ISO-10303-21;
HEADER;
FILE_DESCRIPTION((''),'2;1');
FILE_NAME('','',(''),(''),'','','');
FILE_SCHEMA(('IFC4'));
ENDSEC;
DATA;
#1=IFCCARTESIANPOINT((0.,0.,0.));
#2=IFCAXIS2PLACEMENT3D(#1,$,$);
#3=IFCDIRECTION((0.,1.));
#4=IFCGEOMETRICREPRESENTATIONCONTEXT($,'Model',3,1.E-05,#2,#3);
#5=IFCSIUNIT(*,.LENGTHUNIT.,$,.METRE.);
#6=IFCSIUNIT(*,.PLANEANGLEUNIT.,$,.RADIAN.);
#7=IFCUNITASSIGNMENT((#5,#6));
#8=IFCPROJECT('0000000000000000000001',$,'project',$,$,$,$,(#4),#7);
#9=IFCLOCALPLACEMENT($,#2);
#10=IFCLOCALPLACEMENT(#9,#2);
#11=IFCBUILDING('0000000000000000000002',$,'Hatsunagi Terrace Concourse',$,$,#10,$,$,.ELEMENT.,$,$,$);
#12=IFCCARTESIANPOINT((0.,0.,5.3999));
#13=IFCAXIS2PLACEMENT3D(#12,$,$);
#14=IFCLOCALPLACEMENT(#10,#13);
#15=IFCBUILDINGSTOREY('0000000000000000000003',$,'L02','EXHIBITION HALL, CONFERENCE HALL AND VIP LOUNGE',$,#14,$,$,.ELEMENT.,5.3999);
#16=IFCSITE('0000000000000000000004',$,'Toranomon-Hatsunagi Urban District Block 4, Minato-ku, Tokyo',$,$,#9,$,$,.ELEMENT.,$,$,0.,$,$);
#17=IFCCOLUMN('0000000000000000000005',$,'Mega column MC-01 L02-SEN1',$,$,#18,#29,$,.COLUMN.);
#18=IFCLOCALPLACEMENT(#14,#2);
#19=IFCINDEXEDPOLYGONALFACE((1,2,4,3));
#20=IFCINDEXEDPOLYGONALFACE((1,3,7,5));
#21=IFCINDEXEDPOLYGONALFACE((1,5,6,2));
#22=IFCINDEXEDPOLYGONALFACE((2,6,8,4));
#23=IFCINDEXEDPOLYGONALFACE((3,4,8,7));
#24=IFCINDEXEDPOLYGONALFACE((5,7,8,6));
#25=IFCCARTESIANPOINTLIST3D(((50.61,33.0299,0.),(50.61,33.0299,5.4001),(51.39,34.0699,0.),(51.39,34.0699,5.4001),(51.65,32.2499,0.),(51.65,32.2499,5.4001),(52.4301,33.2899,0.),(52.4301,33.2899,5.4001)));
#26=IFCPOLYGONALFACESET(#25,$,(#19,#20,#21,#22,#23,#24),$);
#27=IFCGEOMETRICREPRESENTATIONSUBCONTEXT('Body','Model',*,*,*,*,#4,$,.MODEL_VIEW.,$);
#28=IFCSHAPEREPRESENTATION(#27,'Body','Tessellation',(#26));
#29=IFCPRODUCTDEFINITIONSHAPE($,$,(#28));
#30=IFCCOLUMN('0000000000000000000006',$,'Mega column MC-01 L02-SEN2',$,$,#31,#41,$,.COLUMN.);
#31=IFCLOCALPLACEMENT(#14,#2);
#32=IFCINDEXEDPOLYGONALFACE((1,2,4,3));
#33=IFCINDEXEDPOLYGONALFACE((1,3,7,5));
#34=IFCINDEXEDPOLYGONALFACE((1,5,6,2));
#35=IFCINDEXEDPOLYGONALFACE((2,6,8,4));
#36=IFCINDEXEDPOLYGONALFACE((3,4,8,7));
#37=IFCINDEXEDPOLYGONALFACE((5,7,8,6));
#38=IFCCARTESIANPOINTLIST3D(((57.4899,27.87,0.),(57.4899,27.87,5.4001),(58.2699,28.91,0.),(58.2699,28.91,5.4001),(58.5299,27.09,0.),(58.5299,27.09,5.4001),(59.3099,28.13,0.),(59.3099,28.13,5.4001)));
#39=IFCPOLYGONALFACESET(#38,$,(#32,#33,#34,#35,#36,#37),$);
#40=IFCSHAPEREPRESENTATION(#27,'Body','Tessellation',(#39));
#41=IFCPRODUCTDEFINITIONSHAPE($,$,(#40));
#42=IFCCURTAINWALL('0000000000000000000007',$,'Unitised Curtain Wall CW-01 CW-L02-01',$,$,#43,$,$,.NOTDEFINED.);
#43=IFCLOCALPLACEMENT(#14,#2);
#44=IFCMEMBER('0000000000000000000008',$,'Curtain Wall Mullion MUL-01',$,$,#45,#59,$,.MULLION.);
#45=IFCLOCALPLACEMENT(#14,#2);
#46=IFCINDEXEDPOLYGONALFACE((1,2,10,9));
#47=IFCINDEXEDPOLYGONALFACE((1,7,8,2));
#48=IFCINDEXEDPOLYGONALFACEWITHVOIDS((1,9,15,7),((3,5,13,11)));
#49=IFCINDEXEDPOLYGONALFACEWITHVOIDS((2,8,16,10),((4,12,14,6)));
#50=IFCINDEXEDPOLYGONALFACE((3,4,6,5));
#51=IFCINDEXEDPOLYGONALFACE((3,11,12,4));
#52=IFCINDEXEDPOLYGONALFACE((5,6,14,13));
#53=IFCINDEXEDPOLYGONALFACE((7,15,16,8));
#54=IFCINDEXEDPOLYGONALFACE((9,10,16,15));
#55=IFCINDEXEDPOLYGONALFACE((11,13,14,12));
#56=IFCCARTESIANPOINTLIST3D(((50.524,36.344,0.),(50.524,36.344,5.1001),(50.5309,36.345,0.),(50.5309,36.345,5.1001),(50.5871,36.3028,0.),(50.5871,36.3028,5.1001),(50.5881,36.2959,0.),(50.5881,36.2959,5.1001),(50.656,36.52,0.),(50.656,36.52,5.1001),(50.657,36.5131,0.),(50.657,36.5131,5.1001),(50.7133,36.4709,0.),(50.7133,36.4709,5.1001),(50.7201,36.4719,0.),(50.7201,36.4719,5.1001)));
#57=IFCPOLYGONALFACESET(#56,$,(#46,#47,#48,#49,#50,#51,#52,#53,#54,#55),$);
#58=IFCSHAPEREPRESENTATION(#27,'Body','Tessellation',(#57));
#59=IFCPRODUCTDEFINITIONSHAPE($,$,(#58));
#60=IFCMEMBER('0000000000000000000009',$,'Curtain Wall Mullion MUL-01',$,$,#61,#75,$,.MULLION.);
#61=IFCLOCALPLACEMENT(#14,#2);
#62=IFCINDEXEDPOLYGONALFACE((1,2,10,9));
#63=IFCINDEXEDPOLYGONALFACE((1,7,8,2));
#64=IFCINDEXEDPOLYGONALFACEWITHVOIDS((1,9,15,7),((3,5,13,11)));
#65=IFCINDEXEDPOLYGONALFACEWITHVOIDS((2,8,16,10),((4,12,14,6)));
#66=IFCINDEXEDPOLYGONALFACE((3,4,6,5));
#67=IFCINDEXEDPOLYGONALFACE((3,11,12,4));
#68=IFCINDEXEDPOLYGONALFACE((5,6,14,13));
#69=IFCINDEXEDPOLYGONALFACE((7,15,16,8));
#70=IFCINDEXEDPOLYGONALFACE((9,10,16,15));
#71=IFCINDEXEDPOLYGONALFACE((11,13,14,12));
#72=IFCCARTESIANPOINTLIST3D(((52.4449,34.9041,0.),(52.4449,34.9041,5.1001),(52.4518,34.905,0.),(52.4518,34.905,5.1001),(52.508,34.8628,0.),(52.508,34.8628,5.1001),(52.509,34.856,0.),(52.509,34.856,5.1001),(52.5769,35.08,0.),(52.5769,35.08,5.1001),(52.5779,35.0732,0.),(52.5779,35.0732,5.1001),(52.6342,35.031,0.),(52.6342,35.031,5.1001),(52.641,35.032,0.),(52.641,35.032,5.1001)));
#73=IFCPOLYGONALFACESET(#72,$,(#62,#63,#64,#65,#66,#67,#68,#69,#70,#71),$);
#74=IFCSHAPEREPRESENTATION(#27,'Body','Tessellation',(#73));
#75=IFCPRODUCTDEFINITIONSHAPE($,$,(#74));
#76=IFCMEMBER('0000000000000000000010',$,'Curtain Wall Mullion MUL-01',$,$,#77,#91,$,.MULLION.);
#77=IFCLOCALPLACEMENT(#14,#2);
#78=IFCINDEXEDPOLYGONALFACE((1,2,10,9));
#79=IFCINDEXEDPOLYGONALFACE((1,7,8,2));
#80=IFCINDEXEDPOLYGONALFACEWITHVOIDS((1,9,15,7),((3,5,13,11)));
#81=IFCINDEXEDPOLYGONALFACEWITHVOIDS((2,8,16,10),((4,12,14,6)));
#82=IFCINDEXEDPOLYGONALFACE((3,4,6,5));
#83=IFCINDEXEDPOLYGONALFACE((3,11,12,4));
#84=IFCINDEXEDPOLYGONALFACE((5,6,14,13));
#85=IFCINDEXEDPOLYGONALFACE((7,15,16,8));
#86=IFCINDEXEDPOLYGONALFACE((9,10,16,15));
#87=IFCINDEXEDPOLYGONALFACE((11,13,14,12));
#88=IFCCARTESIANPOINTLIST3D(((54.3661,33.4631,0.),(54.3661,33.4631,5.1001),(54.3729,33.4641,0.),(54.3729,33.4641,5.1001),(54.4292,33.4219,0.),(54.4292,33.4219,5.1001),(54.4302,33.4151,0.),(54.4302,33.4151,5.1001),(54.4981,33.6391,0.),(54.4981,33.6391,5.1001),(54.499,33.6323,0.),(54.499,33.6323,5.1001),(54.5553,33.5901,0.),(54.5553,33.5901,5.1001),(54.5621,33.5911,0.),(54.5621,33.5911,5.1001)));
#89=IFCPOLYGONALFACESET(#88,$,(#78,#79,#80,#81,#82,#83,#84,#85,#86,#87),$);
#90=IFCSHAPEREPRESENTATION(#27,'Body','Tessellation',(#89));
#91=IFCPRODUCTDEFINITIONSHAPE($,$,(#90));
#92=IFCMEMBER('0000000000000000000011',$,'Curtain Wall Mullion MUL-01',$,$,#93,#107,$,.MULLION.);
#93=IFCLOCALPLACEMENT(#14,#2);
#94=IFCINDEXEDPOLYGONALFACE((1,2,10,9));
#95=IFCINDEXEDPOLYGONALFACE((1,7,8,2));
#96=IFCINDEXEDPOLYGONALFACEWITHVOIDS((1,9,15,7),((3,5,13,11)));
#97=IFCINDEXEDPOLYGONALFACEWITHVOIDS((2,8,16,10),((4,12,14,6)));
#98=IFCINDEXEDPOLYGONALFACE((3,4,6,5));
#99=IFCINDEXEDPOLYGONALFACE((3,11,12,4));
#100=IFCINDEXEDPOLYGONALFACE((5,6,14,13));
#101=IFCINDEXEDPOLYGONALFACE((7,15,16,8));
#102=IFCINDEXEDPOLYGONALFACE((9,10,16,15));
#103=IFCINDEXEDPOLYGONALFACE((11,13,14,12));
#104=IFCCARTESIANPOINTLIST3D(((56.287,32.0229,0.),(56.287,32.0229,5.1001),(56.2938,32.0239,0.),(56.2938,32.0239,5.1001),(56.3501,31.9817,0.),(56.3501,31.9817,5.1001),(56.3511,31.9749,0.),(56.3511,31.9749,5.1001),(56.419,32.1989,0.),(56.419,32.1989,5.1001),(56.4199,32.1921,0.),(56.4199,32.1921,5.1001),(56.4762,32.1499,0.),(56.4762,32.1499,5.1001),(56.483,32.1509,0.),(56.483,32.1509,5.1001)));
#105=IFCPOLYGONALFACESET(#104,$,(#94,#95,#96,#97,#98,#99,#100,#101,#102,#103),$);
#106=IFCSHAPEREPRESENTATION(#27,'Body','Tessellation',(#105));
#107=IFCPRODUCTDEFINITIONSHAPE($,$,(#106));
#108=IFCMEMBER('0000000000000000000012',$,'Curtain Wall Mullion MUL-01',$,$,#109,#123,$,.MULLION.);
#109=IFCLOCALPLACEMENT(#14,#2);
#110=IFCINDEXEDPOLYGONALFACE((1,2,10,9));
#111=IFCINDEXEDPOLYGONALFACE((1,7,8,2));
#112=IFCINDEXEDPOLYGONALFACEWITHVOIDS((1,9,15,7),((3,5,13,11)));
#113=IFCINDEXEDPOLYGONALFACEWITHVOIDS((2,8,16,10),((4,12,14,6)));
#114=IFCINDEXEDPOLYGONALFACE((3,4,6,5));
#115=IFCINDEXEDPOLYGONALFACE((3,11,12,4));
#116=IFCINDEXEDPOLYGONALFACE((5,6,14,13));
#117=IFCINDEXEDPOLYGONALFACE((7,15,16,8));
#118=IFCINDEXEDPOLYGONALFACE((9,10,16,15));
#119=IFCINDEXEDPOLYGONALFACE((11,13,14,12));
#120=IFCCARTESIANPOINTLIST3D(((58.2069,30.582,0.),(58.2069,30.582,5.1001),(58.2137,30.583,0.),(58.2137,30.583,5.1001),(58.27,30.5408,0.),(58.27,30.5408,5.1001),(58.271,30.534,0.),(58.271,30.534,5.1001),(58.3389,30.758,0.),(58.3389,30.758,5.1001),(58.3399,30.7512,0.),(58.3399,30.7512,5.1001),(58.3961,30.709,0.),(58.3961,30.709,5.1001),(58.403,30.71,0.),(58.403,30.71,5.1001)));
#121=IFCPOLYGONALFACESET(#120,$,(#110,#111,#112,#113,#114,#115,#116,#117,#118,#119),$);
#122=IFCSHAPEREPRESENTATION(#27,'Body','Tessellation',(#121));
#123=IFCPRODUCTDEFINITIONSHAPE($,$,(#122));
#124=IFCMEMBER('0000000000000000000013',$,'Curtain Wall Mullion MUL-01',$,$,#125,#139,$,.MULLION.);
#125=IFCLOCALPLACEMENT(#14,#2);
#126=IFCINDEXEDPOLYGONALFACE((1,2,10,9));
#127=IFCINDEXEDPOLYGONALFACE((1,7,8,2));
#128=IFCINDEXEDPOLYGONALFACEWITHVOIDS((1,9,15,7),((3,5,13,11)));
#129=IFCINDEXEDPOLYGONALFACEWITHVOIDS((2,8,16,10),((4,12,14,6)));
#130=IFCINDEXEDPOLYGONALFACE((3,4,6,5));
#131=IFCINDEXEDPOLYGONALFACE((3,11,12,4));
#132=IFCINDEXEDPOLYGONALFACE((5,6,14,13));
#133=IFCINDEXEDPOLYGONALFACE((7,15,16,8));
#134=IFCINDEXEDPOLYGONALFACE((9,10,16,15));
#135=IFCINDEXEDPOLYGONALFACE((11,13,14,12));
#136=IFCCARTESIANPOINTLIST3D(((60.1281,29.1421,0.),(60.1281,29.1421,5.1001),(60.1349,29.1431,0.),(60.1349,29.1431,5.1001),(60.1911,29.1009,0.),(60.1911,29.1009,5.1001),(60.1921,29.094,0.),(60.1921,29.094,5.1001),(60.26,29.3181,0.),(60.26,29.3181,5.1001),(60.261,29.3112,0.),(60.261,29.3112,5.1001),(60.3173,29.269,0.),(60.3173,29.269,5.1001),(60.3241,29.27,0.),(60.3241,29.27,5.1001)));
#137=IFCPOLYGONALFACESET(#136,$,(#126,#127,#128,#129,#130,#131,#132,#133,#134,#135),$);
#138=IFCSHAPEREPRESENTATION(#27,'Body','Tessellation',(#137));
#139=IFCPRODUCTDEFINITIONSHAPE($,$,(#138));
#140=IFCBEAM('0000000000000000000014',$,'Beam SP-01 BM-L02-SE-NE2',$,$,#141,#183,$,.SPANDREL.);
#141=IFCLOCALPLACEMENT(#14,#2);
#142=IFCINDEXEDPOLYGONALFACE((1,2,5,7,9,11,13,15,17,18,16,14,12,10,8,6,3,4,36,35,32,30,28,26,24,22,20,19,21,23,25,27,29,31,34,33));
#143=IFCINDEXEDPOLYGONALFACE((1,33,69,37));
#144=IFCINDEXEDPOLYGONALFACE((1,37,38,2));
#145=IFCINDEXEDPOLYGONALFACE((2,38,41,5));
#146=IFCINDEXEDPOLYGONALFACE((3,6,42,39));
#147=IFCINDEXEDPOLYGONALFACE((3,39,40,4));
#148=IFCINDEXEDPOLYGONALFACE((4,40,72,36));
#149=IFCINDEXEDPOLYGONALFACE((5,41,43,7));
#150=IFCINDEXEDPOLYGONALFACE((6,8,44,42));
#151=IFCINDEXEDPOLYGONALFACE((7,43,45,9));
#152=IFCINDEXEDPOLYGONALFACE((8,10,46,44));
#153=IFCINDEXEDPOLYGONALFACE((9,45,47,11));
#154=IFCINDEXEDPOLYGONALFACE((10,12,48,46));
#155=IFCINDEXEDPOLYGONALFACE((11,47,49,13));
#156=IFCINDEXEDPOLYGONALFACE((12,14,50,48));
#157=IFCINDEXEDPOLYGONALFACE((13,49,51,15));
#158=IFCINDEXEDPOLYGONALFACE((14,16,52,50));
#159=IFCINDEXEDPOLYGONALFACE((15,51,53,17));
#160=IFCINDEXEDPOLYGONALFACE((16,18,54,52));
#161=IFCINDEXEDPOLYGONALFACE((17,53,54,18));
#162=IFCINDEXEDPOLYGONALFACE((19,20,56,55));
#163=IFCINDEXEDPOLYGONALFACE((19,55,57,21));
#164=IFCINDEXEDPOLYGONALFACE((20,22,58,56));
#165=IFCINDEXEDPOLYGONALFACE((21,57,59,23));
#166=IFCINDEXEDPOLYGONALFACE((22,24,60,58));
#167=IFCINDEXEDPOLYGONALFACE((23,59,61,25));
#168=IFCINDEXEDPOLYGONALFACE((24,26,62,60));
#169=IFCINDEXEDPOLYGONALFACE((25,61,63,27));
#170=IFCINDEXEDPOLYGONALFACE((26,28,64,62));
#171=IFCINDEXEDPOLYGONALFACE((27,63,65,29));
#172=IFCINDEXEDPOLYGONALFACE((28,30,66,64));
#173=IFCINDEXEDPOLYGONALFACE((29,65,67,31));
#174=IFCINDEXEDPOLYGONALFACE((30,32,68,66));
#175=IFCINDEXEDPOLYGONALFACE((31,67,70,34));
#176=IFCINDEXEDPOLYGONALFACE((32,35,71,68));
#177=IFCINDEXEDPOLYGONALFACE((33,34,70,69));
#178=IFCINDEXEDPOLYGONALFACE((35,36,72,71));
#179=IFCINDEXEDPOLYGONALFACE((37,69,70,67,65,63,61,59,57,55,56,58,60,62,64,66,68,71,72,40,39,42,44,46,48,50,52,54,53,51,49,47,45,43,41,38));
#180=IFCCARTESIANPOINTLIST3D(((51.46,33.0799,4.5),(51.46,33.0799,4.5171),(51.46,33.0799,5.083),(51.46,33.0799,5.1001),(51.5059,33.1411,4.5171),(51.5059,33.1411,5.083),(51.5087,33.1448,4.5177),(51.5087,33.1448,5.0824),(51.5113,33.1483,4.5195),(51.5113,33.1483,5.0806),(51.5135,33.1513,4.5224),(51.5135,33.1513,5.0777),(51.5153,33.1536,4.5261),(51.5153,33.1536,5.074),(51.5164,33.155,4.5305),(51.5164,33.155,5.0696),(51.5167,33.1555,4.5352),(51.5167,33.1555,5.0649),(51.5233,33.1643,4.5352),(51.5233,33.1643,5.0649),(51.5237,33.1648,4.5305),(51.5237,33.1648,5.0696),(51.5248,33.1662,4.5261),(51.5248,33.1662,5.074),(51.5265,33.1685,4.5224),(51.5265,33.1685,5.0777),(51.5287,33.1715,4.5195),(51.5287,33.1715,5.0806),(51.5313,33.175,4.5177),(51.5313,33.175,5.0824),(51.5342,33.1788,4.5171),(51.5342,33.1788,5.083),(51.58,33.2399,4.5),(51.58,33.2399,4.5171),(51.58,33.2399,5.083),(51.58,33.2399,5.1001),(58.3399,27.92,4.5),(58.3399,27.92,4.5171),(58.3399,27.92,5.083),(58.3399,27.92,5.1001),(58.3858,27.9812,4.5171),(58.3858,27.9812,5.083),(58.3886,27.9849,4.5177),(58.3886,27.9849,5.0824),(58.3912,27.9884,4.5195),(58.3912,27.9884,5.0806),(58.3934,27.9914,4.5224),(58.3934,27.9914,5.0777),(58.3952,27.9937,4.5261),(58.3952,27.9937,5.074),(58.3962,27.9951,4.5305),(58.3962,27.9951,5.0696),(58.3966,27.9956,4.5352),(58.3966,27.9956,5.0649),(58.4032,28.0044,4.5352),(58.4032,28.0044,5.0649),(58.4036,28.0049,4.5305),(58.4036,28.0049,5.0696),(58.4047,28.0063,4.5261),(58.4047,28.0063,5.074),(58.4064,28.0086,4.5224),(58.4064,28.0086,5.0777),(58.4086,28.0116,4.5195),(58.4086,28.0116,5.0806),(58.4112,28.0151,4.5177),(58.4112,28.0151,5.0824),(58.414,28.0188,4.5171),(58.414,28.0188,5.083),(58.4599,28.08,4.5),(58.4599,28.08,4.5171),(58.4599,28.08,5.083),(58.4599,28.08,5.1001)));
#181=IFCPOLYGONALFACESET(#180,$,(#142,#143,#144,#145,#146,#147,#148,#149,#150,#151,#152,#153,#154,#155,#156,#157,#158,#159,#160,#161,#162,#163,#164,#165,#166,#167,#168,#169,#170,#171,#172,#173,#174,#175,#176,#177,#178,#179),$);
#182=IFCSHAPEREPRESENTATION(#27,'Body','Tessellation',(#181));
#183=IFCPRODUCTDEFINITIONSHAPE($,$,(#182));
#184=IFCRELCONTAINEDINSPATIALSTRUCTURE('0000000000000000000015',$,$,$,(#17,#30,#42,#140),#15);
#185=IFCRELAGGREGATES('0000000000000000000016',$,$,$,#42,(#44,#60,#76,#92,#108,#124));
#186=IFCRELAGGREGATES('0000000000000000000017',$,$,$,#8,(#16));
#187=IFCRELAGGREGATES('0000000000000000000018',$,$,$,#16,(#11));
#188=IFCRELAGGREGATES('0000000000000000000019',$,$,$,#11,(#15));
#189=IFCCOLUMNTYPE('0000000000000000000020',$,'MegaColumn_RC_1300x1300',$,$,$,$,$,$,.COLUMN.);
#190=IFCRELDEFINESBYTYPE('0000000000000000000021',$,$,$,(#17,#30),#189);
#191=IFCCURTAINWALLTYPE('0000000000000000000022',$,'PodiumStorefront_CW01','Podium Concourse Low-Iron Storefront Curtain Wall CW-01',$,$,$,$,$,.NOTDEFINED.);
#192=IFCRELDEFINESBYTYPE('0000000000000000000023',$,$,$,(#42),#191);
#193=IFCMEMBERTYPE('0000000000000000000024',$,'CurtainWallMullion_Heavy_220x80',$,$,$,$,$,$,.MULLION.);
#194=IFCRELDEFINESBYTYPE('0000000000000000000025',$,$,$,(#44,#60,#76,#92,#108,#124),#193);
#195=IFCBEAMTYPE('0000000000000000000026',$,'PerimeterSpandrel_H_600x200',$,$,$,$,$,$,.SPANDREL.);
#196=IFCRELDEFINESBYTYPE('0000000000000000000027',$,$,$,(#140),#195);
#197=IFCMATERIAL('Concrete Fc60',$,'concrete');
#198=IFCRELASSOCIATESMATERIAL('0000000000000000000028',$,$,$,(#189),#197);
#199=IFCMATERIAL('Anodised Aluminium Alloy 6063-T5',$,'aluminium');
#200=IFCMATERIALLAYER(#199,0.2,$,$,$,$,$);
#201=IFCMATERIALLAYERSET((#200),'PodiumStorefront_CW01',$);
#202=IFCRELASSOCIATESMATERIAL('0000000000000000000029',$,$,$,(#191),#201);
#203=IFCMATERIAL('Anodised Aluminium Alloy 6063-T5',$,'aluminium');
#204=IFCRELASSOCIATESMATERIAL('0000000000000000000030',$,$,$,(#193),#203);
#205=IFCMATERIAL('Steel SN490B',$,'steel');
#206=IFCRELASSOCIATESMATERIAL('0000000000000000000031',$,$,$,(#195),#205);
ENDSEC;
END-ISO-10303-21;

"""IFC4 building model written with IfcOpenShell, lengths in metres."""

from ifc_helpers import new_model, si_unit, direction, frame, origin, origin_2d, place, context, subcontext, project, spatial, rectangle, hollow_rectangle, i_section, extrude, material, layer, layer_set, material_profile, profile_set, type_object, element, aggregate, save


model = new_model("IFC4")

# Units and contexts
model_context = context("Model", 3, precision=1e-05, world=origin(), true_north=direction((0.0, 1.0)))
body_context = subcontext(model_context, "Body", "Model", "MODEL_VIEW")
ifc_project = project(units=[si_unit("LENGTHUNIT", "METRE"), si_unit("PLANEANGLEUNIT", "RADIAN")], contexts=[model_context])

# Site, building, storey
site_placement = place(None, origin())
site = spatial("IfcSite", under=ifc_project, at=site_placement, Name="Toranomon-Hatsunagi Urban District Block 4, Minato-ku, Tokyo", CompositionType="ELEMENT", RefElevation=0.0)
building_placement = place(site_placement, origin())
building = spatial("IfcBuilding", under=site, at=building_placement, Name="Hatsunagi Terrace Concourse", CompositionType="ELEMENT")
storey_placement = place(building_placement, frame((0.0, 0.0, 5.3999)))
storey = spatial("IfcBuildingStorey", under=building, at=storey_placement, Name="L02", Description="EXHIBITION HALL, CONFERENCE HALL AND VIP LOUNGE", CompositionType="ELEMENT", Elevation=5.3999)

# Columns
ifc_material_1 = material(Name="Concrete Fc60", Category="concrete")
ifc_material_profile_1 = material_profile(ifc_material_1, rectangle(XDim=1.3, YDim=1.3, at=origin_2d()), Name="RC-1300x1300")
ifc_profile_set_1 = profile_set([ifc_material_profile_1], Name="Concrete Fc60")
column_type = type_object("IfcColumnType", Name="MegaColumn_RC_1300x1300", PredefinedType="COLUMN", material=ifc_profile_set_1)
for number, where, z_axis, x_axis, name in (
    (1, (51.52, 33.1599, 0.0), (0.0, 0.0, 1.0), (0.8, -0.6, 0.0), "Mega column MC-01 L02-SEN1"),
    (2, (58.3999, 28.0, 0.0), (0.0, 0.0, 1.0), (0.8, -0.6, 0.0), "Mega column MC-01 L02-SEN2"),
):
    element("IfcColumn", number, at=place(storey_placement, frame(where, z_axis=z_axis, x_axis=x_axis)), inside=storey, type_object=column_type, Name=name, PredefinedType="COLUMN", context=body_context, shape_type="SweptSolid", body=[
        extrude(rectangle(XDim=1.3, YDim=1.3, at=origin_2d()), origin(), (0.0, 0.0, 1.0), 5.4001),
    ])

# Curtain wall, members
ifc_material_2 = material(Name="Anodised Aluminium Alloy 6063-T5", Category="aluminium")
ifc_layer_1 = layer(ifc_material_2, 0.2)
ifc_layer_set_1 = layer_set([ifc_layer_1], Name="PodiumStorefront_CW01")
curtain_wall_type = type_object("IfcCurtainWallType", Name="PodiumStorefront_CW01", Description="Podium Concourse Low-Iron Storefront Curtain Wall CW-01", PredefinedType="NOTDEFINED", material=ifc_layer_set_1)
curtain_wall_placement = place(storey_placement, origin())
curtain_wall = element("IfcCurtainWall", 3, at=curtain_wall_placement, inside=storey, type_object=curtain_wall_type, Name="Unitised Curtain Wall CW-01 CW-L02-01", PredefinedType="NOTDEFINED")
ifc_material_3 = material(Name="Anodised Aluminium Alloy 6063-T5", Category="aluminium")
ifc_material_profile_2 = material_profile(ifc_material_3, hollow_rectangle(XDim=0.0801, YDim=0.22, WallThickness=0.0049, at=origin_2d()), Name="ALU-MUL-220x80x5")
ifc_profile_set_2 = profile_set([ifc_material_profile_2], Name="Anodised Aluminium Alloy 6063-T5")
member_type = type_object("IfcMemberType", Name="CurtainWallMullion_Heavy_220x80", PredefinedType="MULLION", material=ifc_profile_set_2)
member_1_placement = place(storey_placement, frame((50.6221, 36.408, 0.0), z_axis=(0.0, 0.0, 1.0), x_axis=(0.800007, -0.59999, 0.0)))
member_1 = element("IfcMember", 4, at=member_1_placement, type_object=member_type, Name="Curtain Wall Mullion MUL-01", PredefinedType="MULLION", context=body_context, shape_type="SweptSolid", body=[
    extrude(hollow_rectangle(XDim=0.0801, YDim=0.22, WallThickness=0.0049, at=origin_2d()), origin(), (0.0, 0.0, 1.0), 5.1001),
])
member_2_placement = place(storey_placement, frame((52.543, 34.968, 0.0), z_axis=(0.0, 0.0, 1.0), x_axis=(0.800007, -0.59999, 0.0)))
member_2 = element("IfcMember", 5, at=member_2_placement, type_object=member_type, Name="Curtain Wall Mullion MUL-01", PredefinedType="MULLION", context=body_context, shape_type="SweptSolid", body=[
    extrude(hollow_rectangle(XDim=0.0801, YDim=0.22, WallThickness=0.0049, at=origin_2d()), origin(), (0.0, 0.0, 1.0), 5.1001),
])
member_3_placement = place(storey_placement, frame((54.4641, 33.5271, 0.0), z_axis=(0.0, 0.0, 1.0), x_axis=(0.800007, -0.59999, 0.0)))
member_3 = element("IfcMember", 6, at=member_3_placement, type_object=member_type, Name="Curtain Wall Mullion MUL-01", PredefinedType="MULLION", context=body_context, shape_type="SweptSolid", body=[
    extrude(hollow_rectangle(XDim=0.0801, YDim=0.22, WallThickness=0.0049, at=origin_2d()), origin(), (0.0, 0.0, 1.0), 5.1001),
])
member_4_placement = place(storey_placement, frame((56.385, 32.0869, 0.0), z_axis=(0.0, 0.0, 1.0), x_axis=(0.800007, -0.59999, 0.0)))
member_4 = element("IfcMember", 7, at=member_4_placement, type_object=member_type, Name="Curtain Wall Mullion MUL-01", PredefinedType="MULLION", context=body_context, shape_type="SweptSolid", body=[
    extrude(hollow_rectangle(XDim=0.0801, YDim=0.22, WallThickness=0.0049, at=origin_2d()), origin(), (0.0, 0.0, 1.0), 5.1001),
])
member_5_placement = place(storey_placement, frame((58.3049, 30.646, 0.0), z_axis=(0.0, 0.0, 1.0), x_axis=(0.800007, -0.59999, 0.0)))
member_5 = element("IfcMember", 8, at=member_5_placement, type_object=member_type, Name="Curtain Wall Mullion MUL-01", PredefinedType="MULLION", context=body_context, shape_type="SweptSolid", body=[
    extrude(hollow_rectangle(XDim=0.0801, YDim=0.22, WallThickness=0.0049, at=origin_2d()), origin(), (0.0, 0.0, 1.0), 5.1001),
])
member_6_placement = place(storey_placement, frame((60.2261, 29.2061, 0.0), z_axis=(0.0, 0.0, 1.0), x_axis=(0.800007, -0.59999, 0.0)))
member_6 = element("IfcMember", 9, at=member_6_placement, type_object=member_type, Name="Curtain Wall Mullion MUL-01", PredefinedType="MULLION", context=body_context, shape_type="SweptSolid", body=[
    extrude(hollow_rectangle(XDim=0.0801, YDim=0.22, WallThickness=0.0049, at=origin_2d()), origin(), (0.0, 0.0, 1.0), 5.1001),
])

# Beam
ifc_material_4 = material(Name="Steel SN490B", Category="steel")
ifc_material_profile_3 = material_profile(ifc_material_4, i_section(OverallWidth=0.2, OverallDepth=0.6001, WebThickness=0.011, FlangeThickness=0.0171, FilletRadius=0.0181, at=origin_2d()), Name="H-600x200x11x17")
ifc_profile_set_3 = profile_set([ifc_material_profile_3], Name="Steel SN490B")
beam_type = type_object("IfcBeamType", Name="PerimeterSpandrel_H_600x200", PredefinedType="SPANDREL", material=ifc_profile_set_3)
beam_1_placement = place(storey_placement, frame((51.52, 33.1599, 4.8), z_axis=(0.8, -0.6, 0.0), x_axis=(0.6, 0.8, 0.0)))
element("IfcBeam", 10, at=beam_1_placement, inside=storey, type_object=beam_type, Name="Beam SP-01 BM-L02-SE-NE2", PredefinedType="SPANDREL", context=body_context, shape_type="SweptSolid", body=[
    extrude(i_section(OverallWidth=0.2, OverallDepth=0.6001, WebThickness=0.011, FlangeThickness=0.0171, FilletRadius=0.0181, at=origin_2d()), origin(), (0.0, 0.0, 1.0), 8.5999),
])

aggregate(curtain_wall, [member_1, member_2, member_3, member_4, member_5, member_6])

save(model, "model.ifc")
